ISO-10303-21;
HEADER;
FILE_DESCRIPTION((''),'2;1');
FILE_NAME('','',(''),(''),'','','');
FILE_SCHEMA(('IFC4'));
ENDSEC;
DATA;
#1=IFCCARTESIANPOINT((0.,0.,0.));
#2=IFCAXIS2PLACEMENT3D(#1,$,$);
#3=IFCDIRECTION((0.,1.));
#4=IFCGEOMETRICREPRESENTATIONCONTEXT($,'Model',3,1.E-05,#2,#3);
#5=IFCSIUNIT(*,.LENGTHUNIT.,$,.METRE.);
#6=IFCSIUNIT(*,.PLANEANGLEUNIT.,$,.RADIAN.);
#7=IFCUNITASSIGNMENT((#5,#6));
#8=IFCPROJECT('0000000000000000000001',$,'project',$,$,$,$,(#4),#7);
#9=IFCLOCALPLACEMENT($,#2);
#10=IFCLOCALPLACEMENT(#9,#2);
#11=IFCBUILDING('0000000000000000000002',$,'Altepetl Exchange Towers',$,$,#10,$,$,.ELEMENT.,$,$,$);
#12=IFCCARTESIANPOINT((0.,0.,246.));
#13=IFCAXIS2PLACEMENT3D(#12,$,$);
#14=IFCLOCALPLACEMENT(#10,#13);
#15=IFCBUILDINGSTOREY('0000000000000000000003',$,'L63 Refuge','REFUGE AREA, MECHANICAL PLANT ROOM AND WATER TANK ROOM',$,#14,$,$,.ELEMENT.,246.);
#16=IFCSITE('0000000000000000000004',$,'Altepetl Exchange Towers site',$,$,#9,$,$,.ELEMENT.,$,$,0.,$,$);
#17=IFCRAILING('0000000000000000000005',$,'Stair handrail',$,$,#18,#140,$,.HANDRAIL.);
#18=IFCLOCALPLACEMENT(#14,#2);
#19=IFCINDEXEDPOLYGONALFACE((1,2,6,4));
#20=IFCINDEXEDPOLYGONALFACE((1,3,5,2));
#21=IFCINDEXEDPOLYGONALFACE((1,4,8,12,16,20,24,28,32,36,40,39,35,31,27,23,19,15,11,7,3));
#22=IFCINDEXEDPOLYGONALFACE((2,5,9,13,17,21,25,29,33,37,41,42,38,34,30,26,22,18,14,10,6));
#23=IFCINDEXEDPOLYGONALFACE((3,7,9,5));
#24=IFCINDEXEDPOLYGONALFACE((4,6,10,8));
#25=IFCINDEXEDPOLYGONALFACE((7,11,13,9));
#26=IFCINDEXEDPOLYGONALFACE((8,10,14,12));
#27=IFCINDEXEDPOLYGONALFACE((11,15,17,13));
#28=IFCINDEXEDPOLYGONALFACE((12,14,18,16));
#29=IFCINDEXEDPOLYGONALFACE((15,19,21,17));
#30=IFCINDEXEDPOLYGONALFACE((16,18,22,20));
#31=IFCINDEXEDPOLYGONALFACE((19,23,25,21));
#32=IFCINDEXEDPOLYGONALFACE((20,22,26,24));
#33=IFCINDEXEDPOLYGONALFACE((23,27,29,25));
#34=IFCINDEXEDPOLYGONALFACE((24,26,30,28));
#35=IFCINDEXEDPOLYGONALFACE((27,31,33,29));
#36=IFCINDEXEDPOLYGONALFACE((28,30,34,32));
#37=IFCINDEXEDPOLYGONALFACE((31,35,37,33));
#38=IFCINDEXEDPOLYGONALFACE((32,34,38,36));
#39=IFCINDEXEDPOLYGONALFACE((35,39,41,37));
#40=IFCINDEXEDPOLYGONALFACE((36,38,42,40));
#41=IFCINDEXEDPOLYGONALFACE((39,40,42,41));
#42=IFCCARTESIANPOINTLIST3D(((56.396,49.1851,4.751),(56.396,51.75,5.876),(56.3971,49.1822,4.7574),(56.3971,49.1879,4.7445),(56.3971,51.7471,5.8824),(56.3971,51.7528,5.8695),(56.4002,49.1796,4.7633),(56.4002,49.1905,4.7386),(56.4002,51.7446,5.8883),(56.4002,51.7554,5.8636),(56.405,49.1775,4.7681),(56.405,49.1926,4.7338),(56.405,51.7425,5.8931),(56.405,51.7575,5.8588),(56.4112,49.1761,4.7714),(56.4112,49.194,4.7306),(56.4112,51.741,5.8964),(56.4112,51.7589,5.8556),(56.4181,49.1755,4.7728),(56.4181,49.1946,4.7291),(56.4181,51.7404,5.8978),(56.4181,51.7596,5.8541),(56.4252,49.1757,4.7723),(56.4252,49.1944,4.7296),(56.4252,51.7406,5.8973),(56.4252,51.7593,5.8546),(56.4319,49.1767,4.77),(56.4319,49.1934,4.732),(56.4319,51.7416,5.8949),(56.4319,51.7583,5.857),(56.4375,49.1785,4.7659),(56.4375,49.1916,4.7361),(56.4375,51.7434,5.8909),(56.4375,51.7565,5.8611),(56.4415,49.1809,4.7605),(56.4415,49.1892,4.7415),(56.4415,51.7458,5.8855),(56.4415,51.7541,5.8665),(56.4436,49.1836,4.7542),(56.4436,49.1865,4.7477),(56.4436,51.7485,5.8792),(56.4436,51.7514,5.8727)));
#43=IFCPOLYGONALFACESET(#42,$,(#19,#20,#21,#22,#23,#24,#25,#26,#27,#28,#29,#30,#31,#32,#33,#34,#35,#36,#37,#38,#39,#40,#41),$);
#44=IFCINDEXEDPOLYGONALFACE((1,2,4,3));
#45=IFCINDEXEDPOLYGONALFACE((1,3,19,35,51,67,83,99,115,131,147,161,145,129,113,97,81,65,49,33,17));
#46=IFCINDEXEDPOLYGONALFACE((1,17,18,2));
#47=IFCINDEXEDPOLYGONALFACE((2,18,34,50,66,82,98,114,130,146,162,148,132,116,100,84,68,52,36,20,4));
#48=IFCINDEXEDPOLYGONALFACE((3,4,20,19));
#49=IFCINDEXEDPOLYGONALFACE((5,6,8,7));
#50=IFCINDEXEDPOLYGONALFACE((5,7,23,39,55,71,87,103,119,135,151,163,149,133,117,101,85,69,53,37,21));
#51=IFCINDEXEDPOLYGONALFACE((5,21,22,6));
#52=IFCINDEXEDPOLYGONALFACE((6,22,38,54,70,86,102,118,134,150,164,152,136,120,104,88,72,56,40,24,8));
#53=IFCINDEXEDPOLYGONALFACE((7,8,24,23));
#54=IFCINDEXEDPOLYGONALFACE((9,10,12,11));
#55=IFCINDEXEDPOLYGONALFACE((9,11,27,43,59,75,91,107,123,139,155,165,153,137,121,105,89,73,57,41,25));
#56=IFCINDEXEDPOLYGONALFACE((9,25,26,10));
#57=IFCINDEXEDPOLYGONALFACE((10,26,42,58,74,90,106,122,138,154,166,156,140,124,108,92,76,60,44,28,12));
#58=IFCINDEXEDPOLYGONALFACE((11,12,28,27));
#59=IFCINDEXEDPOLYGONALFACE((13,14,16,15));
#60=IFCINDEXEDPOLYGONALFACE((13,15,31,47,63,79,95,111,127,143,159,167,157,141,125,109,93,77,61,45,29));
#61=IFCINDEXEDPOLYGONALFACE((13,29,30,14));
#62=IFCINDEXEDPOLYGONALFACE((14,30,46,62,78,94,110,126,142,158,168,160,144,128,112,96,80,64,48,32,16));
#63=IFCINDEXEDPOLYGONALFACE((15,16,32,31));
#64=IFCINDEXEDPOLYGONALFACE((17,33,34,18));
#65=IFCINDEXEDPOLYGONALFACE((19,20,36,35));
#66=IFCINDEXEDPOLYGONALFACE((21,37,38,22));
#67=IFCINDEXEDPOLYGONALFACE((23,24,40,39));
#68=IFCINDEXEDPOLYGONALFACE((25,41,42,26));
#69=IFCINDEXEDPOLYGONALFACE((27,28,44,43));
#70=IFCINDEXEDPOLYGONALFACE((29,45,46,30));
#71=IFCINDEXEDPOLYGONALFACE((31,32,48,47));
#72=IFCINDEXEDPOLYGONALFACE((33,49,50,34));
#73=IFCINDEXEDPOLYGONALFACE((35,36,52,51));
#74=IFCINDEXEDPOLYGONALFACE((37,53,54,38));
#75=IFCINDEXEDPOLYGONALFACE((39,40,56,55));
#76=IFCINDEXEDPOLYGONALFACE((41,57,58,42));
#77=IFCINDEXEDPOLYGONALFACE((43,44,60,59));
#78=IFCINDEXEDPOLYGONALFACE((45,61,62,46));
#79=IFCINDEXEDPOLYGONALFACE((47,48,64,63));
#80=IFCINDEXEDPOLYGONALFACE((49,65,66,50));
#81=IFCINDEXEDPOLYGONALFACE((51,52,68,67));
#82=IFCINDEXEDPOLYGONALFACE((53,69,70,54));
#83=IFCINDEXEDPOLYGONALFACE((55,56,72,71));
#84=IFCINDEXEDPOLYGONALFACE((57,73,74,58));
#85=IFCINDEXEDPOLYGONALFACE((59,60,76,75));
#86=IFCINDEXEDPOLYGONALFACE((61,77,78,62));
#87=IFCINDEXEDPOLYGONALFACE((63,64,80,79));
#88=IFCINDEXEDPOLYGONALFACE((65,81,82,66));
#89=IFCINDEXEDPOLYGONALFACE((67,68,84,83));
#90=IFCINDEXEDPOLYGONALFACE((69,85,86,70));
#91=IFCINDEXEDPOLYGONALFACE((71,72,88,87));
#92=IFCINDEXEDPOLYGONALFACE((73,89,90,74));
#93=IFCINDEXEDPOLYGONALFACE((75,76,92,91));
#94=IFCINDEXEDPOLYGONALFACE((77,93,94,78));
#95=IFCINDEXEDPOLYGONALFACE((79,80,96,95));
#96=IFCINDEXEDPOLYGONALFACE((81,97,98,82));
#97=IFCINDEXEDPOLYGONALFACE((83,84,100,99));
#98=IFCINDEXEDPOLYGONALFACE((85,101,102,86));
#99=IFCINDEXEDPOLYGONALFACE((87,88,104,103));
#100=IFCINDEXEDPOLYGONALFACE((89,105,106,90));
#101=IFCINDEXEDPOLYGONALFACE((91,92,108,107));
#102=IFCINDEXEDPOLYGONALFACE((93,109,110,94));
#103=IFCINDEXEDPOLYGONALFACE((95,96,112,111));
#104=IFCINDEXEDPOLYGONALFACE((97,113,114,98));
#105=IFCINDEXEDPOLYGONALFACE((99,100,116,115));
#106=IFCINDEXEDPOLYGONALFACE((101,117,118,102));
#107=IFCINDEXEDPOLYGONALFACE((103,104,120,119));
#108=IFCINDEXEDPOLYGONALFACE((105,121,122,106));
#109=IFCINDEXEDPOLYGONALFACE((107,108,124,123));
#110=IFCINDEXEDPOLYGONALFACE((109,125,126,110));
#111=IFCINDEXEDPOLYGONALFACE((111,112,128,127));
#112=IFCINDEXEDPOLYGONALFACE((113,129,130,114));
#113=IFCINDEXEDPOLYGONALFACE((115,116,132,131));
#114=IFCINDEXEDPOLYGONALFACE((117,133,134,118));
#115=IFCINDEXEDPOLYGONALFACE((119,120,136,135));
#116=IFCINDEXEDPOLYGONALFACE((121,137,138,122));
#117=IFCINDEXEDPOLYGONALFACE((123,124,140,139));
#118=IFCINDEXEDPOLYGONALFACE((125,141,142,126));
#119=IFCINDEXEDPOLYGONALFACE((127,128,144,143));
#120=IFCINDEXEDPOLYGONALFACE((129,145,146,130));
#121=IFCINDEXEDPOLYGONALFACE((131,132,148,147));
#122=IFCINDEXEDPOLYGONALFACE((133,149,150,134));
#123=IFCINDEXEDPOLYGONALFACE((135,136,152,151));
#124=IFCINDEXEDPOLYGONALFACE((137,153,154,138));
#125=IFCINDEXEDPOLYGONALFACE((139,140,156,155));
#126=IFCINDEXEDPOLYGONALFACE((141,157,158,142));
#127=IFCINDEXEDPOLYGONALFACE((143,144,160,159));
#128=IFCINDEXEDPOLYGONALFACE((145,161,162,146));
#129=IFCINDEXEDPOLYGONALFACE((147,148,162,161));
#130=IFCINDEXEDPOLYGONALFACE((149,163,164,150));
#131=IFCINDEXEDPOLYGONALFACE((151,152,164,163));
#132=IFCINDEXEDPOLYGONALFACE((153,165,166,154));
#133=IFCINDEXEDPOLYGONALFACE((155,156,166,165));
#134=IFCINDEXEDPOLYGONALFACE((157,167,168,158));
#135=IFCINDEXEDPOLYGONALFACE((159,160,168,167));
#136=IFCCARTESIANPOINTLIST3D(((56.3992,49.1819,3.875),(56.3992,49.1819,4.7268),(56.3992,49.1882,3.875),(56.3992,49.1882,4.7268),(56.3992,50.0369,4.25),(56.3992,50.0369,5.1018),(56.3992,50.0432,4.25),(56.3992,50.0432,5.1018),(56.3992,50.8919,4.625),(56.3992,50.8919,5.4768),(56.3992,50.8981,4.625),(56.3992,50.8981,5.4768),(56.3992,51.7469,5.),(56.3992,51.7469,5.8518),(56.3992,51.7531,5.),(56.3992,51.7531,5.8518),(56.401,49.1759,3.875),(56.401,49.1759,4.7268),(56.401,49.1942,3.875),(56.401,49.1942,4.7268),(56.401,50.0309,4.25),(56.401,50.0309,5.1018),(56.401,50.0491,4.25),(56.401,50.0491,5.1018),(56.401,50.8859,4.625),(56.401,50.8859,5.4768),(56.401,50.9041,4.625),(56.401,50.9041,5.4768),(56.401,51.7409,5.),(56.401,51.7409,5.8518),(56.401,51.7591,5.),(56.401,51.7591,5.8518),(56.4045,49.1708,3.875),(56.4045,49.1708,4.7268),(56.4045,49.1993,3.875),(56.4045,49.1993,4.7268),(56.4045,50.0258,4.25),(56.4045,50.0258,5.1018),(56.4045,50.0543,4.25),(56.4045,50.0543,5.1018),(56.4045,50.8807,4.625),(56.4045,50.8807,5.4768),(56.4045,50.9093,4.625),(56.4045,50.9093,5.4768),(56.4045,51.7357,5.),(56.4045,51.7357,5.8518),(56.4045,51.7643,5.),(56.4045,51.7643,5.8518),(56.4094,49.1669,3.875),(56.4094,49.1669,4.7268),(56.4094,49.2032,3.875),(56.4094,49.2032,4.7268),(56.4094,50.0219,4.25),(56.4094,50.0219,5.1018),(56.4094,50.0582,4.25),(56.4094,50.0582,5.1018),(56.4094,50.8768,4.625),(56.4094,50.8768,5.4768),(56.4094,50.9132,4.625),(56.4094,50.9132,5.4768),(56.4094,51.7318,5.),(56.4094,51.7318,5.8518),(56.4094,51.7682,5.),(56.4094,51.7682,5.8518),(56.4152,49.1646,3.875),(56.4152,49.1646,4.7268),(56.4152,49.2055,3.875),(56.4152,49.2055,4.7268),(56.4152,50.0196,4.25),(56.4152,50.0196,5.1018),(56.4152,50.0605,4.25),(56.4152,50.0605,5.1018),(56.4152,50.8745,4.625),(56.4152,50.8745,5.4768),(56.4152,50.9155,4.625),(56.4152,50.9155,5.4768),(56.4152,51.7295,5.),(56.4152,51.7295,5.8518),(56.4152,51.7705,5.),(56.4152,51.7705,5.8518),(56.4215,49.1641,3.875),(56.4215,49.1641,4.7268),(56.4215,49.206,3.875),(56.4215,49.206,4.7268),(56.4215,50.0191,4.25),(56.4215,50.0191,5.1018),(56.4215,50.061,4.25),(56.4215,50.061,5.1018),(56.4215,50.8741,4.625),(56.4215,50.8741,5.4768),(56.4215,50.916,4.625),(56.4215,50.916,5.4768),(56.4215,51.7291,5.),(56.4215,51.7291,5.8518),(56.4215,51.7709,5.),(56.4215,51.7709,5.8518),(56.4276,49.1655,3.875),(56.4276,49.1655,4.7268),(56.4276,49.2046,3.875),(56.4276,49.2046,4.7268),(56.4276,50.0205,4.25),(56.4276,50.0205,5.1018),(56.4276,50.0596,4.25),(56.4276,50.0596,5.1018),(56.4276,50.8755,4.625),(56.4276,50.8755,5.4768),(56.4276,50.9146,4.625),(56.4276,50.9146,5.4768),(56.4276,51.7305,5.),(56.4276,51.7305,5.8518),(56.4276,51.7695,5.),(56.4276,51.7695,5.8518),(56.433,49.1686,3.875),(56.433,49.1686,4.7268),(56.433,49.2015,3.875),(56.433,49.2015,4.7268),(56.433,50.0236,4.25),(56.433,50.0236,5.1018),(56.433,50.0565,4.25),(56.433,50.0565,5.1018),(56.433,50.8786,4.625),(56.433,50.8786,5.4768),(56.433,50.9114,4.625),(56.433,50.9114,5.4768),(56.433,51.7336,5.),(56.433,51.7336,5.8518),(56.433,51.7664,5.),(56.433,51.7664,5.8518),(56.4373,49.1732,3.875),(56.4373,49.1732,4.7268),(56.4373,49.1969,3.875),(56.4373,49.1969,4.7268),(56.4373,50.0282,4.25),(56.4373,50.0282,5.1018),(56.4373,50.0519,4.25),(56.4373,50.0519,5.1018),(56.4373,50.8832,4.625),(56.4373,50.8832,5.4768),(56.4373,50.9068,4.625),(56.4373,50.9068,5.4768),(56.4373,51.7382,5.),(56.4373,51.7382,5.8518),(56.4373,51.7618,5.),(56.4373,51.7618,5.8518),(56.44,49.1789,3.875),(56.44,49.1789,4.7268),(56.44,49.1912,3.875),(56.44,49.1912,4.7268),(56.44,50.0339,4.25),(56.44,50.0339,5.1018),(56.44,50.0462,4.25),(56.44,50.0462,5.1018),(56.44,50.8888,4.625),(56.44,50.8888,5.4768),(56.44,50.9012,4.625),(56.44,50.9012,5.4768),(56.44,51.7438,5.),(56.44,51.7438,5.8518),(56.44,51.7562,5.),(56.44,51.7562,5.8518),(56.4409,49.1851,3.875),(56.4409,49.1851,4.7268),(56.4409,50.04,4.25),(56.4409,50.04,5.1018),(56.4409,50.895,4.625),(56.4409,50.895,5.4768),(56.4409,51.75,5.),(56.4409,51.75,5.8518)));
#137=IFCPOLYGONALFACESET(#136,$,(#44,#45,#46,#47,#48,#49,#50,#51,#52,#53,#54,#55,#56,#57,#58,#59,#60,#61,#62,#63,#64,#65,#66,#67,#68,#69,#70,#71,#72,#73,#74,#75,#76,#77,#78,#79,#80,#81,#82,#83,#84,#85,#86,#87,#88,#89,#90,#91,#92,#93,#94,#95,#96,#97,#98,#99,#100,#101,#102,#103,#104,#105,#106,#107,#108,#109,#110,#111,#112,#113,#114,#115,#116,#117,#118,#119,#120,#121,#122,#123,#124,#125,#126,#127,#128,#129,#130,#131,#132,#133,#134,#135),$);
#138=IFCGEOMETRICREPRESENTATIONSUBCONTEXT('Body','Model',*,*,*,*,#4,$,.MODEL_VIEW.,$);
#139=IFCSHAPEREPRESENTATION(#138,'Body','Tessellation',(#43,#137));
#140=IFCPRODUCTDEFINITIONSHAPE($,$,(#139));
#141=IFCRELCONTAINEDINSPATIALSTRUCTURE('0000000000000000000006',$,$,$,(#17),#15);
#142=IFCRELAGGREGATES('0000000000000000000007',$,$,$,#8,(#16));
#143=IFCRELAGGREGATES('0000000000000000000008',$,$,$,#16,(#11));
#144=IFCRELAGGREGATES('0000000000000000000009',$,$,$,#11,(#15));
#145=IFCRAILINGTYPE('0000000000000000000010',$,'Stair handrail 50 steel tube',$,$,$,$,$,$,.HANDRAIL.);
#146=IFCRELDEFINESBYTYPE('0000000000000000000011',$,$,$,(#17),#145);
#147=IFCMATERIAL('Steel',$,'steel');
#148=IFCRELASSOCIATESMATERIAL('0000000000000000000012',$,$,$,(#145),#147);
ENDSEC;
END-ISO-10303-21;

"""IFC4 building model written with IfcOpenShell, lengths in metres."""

from ifc_helpers import new_model, si_unit, direction, frame, origin, origin_2d, place, context, subcontext, project, spatial, circle, extrude, source, transform, mapped, material, type_object, element, save


model = new_model("IFC4")

# Units and contexts
model_context = context("Model", 3, precision=1e-05, world=origin(), true_north=direction((0.0, 1.0)))
body_context = subcontext(model_context, "Body", "Model", "MODEL_VIEW")
ifc_project = project(units=[si_unit("LENGTHUNIT", "METRE"), si_unit("PLANEANGLEUNIT", "RADIAN")], contexts=[model_context])

# Site, building, storey
site_placement = place(None, origin())
site = spatial("IfcSite", under=ifc_project, at=site_placement, Name="Altepetl Exchange Towers site", CompositionType="ELEMENT", RefElevation=0.0)
building_placement = place(site_placement, origin())
building = spatial("IfcBuilding", under=site, at=building_placement, Name="Altepetl Exchange Towers", CompositionType="ELEMENT")
storey_placement = place(building_placement, frame((0.0, 0.0, 246.0)))
storey = spatial("IfcBuildingStorey", under=building, at=storey_placement, Name="L63 Refuge", Description="REFUGE AREA, MECHANICAL PLANT ROOM AND WATER TANK ROOM", CompositionType="ELEMENT", Elevation=246.0)

# Railing
ifc_material_1 = material(Name="Steel", Category="steel")
railing_type = type_object("IfcRailingType", Name="Stair handrail 50 steel tube", PredefinedType="HANDRAIL", material=ifc_material_1)
shared_shape = source(origin(), body_context, "Body", "SweptSolid", [
    extrude(circle(Radius=0.021, at=origin_2d()), origin(), (0.0, 0.0, 1.0), 0.8518),
])
for number, where, name in (
    (1, (56.4199, 49.1851, 3.875), "Stair handrail"),
):
    element("IfcRailing", number, at=place(storey_placement, frame(where)), inside=storey, type_object=railing_type, Name=name, PredefinedType="HANDRAIL", context=body_context, shape_type="SweptSolid", body=[
        extrude(circle(Radius=0.0239, at=origin_2d()), frame((0.0, 0.0, 0.876), z_axis=(0.0, 0.915785, 0.401669), x_axis=(-1.0, 0.0, 0.0)), (0.0, 0.0, 1.0), 2.8008),
        mapped(shared_shape, transform((0.0, 0.0, 0.0))),
        mapped(shared_shape, transform((0.0, 0.855, 0.375))),
        mapped(shared_shape, transform((0.0, 1.71, 0.75))),
        mapped(shared_shape, transform((0.0, 2.5649, 1.125))),
    ])

save(model, "model.ifc")
